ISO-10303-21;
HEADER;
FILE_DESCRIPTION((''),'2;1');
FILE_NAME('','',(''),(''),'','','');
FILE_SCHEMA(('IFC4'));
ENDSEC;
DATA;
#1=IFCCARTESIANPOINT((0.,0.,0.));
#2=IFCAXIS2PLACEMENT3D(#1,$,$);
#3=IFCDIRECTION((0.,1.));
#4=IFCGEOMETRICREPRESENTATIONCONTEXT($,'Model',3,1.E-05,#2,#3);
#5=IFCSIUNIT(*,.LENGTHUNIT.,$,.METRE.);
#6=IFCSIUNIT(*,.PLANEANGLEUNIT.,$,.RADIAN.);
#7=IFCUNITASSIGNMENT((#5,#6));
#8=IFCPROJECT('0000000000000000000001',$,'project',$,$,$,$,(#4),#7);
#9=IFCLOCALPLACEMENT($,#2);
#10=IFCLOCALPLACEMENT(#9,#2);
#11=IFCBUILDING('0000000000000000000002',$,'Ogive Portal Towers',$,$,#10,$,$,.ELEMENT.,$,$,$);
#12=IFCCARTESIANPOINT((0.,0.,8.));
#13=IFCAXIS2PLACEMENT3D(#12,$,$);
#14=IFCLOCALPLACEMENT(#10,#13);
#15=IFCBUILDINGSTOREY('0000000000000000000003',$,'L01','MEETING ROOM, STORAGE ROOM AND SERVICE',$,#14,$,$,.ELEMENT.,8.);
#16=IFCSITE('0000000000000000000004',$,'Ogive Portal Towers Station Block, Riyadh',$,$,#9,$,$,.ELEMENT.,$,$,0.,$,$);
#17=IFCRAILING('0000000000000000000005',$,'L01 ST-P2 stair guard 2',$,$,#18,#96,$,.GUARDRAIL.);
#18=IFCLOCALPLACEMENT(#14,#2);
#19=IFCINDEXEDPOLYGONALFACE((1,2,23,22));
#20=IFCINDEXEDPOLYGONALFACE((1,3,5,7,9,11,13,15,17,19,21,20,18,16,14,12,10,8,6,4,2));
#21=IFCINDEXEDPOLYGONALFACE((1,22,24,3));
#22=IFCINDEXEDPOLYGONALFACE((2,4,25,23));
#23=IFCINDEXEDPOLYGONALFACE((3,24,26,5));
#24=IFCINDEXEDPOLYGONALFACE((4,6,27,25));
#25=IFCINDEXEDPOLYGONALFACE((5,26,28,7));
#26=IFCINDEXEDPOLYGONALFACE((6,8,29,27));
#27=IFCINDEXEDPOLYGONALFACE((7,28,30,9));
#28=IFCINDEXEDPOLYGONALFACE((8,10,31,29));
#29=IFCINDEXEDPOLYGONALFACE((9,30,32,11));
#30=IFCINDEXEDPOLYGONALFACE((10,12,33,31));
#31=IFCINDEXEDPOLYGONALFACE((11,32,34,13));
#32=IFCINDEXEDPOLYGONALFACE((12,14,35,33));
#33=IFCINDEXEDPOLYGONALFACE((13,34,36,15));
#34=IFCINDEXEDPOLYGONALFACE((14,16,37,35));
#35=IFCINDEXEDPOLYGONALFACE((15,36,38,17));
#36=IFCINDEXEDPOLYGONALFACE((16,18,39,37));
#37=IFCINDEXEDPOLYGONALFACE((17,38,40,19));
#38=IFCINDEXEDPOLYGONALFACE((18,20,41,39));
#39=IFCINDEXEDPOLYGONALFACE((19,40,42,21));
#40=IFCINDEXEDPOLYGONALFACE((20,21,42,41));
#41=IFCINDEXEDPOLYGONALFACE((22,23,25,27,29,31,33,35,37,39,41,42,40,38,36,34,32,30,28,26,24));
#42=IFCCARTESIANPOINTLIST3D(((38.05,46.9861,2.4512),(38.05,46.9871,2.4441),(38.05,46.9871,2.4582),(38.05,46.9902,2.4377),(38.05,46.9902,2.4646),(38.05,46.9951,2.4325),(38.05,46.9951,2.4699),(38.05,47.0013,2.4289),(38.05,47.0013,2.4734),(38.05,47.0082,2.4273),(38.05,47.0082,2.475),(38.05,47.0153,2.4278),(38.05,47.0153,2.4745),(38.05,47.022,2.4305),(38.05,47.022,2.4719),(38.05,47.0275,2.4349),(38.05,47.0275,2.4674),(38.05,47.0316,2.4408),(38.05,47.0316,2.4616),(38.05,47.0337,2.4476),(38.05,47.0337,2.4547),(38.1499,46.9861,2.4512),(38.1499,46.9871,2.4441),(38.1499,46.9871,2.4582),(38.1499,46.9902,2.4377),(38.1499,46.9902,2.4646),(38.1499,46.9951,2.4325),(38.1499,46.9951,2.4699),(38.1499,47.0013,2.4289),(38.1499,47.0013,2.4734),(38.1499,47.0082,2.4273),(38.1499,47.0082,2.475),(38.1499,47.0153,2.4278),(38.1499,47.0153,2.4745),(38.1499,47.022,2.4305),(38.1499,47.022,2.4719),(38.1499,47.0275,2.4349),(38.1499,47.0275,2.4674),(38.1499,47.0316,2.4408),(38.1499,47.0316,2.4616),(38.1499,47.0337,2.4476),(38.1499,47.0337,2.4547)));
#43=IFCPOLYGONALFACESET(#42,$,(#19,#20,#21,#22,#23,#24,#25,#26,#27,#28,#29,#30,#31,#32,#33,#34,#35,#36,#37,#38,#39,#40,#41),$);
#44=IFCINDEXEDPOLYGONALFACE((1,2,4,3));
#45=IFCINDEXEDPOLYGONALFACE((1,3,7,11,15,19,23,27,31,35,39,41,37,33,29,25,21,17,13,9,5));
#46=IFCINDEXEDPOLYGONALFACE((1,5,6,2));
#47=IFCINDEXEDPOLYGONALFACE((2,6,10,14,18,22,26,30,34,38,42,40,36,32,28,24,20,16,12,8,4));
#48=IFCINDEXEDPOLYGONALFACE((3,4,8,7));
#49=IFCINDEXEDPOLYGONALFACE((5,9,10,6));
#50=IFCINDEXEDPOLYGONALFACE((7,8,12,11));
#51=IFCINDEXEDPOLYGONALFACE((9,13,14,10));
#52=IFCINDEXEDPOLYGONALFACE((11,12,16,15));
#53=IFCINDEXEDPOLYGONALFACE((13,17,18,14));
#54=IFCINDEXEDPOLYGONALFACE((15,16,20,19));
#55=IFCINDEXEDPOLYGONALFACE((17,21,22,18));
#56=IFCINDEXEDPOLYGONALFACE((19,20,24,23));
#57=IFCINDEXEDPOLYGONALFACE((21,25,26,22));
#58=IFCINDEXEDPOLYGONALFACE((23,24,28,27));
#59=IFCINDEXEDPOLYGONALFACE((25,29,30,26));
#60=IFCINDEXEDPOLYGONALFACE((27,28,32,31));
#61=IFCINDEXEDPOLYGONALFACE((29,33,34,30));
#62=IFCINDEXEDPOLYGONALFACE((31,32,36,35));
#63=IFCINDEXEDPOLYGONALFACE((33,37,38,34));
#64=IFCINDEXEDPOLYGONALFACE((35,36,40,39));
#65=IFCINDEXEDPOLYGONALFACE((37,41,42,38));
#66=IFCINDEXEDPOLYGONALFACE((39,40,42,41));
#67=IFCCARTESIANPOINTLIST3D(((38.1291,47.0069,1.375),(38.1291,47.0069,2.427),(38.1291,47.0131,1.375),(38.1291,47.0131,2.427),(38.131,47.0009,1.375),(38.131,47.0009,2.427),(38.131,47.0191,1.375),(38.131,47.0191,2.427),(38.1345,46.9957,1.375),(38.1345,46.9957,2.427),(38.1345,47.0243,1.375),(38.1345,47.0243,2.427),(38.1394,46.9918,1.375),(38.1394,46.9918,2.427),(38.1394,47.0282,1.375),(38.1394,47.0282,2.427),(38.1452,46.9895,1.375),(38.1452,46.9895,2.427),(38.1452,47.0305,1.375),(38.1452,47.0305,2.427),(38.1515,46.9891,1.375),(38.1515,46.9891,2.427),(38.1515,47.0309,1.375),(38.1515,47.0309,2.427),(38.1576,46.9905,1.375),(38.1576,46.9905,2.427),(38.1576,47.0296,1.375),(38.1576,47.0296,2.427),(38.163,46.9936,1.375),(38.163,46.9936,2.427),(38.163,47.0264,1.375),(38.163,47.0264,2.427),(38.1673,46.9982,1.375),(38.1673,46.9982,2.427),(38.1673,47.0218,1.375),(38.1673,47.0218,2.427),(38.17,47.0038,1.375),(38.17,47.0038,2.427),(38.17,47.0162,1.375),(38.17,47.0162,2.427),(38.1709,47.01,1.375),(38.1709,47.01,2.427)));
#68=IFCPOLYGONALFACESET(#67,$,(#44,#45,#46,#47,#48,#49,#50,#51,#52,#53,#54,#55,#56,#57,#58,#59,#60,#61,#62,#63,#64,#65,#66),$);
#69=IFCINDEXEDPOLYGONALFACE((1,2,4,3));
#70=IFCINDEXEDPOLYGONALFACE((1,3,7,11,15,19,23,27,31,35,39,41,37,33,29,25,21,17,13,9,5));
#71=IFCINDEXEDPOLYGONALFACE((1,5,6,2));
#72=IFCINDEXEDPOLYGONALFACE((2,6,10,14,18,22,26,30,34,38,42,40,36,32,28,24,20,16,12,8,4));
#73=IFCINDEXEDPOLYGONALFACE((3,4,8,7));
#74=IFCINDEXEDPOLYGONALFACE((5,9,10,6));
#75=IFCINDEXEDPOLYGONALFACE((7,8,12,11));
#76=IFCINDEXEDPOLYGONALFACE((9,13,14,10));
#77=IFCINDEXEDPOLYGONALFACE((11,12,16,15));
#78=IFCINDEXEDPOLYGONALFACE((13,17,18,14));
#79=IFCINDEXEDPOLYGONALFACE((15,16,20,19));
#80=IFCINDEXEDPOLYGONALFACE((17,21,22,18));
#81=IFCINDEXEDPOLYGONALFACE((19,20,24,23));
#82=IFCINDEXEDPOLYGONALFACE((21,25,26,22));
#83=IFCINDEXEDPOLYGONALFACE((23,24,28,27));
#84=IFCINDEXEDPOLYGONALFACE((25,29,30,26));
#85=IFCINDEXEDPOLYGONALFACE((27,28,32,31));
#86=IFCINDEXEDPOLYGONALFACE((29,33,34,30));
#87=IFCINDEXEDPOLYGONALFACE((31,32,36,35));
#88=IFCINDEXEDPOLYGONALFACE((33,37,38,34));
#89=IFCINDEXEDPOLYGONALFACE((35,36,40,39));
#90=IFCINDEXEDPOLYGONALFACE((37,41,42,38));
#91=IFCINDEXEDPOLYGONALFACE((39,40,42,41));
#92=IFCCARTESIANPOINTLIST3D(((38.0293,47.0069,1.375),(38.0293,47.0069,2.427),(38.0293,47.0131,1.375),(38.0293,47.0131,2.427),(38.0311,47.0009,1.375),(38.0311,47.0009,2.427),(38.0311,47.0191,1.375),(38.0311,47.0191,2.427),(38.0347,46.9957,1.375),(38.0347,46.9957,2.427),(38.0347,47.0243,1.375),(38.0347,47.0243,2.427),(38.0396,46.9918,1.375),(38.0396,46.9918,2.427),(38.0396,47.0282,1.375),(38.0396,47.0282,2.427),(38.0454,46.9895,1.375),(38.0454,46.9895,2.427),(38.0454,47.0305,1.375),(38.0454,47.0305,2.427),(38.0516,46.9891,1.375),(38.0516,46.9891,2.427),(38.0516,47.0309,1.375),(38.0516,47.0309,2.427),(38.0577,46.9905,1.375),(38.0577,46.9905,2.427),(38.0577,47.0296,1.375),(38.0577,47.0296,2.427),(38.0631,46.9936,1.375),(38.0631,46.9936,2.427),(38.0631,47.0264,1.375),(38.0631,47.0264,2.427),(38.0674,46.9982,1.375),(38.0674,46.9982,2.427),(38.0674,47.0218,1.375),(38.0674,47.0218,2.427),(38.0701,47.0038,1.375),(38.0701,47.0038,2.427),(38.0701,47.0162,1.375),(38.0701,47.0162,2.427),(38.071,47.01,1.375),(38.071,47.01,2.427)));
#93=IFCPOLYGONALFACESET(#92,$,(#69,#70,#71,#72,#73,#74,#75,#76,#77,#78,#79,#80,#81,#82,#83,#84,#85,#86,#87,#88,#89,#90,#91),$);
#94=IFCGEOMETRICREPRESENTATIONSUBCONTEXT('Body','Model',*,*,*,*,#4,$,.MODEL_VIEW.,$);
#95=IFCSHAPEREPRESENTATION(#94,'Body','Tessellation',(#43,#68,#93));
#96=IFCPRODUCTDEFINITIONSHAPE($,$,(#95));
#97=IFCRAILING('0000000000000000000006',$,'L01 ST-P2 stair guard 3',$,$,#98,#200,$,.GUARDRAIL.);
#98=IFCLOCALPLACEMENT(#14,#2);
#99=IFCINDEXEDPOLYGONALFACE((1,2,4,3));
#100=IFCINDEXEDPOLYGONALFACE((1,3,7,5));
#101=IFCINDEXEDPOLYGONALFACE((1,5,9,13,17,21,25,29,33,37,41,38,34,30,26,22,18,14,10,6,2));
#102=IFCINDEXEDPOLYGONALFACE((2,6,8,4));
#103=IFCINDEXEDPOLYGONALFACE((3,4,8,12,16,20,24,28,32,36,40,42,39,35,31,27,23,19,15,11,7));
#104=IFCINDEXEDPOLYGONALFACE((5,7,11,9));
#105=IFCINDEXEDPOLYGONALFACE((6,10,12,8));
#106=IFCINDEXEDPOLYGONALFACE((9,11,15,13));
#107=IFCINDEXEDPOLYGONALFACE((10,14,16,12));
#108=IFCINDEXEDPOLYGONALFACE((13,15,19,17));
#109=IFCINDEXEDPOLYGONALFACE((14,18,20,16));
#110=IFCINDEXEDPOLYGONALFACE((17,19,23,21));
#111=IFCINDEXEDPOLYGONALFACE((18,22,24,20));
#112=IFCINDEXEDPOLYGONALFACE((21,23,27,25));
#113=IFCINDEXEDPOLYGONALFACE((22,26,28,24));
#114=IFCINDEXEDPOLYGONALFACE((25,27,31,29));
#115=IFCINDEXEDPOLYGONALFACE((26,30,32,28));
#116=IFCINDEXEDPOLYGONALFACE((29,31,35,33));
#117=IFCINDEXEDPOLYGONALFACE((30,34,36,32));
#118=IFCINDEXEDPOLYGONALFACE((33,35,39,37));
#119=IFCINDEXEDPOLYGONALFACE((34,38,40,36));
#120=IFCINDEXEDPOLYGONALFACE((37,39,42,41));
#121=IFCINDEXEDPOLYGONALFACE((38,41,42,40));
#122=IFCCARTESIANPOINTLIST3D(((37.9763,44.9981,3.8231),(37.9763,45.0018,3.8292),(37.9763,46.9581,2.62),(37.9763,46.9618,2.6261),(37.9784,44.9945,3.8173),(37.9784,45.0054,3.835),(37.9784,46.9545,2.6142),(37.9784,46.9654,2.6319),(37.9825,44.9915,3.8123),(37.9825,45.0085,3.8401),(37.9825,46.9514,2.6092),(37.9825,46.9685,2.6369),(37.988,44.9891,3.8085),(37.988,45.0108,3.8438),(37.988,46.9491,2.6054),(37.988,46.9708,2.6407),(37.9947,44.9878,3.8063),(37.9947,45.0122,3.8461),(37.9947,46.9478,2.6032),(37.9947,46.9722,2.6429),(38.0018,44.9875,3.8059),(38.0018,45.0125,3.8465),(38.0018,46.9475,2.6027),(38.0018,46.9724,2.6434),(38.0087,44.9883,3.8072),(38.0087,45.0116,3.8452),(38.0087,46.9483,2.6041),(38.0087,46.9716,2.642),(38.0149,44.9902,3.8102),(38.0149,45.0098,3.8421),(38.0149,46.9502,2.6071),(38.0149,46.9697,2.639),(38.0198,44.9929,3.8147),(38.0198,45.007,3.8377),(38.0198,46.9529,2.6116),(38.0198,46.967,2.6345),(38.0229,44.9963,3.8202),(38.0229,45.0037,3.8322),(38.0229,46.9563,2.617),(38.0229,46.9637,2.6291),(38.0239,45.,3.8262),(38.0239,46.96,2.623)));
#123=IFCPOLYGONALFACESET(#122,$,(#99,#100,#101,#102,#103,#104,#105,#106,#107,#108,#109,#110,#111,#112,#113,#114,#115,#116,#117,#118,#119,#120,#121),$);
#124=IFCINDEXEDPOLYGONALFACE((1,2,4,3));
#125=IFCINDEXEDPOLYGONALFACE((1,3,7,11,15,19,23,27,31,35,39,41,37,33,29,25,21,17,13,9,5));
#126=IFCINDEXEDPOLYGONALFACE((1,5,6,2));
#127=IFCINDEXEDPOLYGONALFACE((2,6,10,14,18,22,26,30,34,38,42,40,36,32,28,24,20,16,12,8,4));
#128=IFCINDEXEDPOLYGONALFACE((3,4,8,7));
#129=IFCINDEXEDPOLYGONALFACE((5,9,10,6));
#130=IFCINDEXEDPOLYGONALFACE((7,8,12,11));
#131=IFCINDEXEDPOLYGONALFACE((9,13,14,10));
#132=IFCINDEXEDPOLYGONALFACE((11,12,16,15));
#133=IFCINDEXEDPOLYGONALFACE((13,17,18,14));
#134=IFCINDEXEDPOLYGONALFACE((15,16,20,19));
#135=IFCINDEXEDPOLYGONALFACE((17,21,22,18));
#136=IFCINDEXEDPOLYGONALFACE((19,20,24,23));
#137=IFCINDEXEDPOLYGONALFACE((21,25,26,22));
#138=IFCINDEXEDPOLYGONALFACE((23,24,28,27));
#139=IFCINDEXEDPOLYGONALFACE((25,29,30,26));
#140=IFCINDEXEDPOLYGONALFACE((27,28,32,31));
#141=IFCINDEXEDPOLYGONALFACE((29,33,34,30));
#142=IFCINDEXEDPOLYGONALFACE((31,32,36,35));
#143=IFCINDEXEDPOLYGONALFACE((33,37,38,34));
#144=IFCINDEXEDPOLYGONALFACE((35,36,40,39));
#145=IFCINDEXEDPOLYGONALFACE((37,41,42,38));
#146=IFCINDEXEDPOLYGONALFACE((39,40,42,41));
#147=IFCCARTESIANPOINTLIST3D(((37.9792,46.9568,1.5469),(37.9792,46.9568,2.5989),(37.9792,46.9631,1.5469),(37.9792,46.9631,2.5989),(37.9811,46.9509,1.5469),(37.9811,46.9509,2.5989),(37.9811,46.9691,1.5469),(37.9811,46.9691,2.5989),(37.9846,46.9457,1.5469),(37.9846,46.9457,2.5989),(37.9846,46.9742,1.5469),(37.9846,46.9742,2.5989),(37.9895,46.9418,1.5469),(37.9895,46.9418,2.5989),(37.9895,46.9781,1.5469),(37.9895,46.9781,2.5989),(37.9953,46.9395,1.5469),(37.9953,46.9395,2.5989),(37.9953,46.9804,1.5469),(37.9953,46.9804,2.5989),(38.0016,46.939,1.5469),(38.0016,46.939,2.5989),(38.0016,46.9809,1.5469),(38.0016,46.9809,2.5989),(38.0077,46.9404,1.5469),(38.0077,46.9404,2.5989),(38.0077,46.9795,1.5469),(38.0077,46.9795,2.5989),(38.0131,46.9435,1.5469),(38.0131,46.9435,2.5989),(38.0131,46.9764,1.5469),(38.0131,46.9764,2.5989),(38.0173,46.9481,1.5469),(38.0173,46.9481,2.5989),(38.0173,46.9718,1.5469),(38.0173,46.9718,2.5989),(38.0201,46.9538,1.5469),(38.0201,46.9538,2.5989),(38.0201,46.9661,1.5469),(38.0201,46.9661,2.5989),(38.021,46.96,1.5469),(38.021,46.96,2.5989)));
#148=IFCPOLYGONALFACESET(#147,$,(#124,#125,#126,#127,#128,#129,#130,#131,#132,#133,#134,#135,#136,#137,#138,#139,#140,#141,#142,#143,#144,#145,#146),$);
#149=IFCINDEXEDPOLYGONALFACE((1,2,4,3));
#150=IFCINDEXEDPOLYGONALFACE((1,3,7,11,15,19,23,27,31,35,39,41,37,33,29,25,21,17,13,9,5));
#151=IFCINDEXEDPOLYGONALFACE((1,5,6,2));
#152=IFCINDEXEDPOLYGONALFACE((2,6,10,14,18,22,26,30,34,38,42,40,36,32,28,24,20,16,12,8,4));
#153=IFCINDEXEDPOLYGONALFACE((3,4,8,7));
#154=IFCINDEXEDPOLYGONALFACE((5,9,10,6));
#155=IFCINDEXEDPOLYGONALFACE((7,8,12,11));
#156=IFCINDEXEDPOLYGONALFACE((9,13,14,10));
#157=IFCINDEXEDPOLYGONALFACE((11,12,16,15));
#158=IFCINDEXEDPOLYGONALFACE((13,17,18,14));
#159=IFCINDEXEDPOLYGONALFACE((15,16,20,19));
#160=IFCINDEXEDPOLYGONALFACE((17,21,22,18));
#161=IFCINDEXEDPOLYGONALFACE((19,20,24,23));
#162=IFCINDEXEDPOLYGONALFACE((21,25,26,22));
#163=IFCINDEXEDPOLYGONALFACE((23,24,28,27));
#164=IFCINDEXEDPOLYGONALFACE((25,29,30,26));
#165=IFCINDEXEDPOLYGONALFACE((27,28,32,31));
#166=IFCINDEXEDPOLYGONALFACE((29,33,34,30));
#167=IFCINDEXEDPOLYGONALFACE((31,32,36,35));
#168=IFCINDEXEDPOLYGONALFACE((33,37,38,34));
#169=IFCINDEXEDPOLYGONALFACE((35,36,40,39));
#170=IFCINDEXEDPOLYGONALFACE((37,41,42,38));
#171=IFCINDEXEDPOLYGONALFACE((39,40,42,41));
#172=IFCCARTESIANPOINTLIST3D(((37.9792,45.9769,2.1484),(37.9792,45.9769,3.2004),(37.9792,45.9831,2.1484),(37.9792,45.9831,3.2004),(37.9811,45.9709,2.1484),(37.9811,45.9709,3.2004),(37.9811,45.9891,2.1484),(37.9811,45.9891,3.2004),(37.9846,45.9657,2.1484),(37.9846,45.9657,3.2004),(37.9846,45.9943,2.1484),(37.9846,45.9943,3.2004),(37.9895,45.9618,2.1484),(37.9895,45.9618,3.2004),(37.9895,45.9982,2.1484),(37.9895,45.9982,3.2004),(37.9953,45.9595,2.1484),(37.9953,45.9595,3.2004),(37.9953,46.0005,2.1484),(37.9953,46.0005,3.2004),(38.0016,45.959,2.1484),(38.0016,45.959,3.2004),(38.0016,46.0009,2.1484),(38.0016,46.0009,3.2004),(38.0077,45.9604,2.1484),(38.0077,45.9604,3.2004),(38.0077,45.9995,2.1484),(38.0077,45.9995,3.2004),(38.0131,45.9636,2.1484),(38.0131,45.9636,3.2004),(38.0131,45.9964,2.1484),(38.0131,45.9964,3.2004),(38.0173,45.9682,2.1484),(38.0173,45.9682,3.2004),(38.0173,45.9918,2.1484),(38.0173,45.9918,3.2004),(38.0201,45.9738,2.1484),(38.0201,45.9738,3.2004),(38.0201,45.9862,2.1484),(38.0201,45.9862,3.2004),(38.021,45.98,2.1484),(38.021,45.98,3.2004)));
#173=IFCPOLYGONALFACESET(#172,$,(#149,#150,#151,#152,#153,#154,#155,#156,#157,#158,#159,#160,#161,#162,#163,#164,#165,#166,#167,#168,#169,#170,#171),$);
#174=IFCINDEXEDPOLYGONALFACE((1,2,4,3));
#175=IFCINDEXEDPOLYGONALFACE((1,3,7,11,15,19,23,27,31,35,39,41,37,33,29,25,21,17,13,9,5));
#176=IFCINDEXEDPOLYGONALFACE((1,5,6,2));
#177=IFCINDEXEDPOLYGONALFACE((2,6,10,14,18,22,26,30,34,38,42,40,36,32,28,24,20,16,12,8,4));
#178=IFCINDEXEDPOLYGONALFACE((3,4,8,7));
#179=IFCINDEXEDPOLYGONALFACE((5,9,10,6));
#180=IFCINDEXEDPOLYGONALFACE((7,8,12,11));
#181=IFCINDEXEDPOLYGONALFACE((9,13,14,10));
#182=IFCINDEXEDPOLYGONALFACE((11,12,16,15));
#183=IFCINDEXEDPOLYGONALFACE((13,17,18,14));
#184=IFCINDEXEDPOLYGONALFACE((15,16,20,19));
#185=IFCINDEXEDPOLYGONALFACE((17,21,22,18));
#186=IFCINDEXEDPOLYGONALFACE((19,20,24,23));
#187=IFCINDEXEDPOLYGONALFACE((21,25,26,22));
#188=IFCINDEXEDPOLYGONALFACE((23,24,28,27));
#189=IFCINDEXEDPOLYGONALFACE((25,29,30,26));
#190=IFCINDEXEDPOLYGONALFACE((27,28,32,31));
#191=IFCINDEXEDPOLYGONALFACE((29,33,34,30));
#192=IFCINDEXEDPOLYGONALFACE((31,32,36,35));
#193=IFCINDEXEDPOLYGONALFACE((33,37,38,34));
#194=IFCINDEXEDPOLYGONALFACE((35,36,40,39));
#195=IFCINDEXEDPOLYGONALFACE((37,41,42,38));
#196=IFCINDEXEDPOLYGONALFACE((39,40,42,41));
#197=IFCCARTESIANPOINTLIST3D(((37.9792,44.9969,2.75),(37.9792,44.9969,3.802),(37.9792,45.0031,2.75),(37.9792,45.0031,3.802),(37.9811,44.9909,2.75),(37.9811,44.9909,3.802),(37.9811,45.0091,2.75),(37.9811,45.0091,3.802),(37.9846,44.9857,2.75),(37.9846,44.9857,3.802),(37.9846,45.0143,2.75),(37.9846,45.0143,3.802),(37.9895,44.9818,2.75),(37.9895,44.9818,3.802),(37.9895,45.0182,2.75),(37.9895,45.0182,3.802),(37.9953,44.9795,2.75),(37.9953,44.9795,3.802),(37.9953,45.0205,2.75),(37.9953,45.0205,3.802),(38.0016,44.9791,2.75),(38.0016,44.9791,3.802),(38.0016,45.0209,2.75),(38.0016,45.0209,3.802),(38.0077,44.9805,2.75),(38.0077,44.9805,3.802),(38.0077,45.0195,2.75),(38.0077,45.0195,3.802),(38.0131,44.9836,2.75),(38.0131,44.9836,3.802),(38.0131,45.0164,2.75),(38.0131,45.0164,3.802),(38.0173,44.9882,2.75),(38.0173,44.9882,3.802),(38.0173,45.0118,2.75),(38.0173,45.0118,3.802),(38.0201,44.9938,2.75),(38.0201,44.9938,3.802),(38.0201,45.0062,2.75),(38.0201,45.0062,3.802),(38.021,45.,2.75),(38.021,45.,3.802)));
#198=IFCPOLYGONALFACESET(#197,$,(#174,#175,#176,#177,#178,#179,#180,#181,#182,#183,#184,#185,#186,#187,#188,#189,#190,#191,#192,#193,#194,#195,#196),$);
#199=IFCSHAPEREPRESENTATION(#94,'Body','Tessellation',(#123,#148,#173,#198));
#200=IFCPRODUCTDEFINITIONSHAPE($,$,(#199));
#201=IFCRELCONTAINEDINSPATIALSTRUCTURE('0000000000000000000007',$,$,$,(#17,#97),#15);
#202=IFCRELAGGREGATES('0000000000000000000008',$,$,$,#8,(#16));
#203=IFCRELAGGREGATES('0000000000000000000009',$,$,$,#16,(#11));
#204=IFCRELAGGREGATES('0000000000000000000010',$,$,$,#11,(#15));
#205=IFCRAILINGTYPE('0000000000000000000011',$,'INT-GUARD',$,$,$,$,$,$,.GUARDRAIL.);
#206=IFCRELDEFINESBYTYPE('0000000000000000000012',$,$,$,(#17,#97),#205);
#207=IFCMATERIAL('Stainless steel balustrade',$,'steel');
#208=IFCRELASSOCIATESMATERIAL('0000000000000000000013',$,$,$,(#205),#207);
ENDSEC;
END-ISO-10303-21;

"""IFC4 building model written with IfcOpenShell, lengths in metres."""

from ifc_helpers import new_model, si_unit, direction, frame, origin, origin_2d, place, context, subcontext, project, spatial, circle, extrude, material, type_object, element, save


model = new_model("IFC4")

# Units and contexts
model_context = context("Model", 3, precision=1e-05, world=origin(), true_north=direction((0.0, 1.0)))
body_context = subcontext(model_context, "Body", "Model", "MODEL_VIEW")
ifc_project = project(units=[si_unit("LENGTHUNIT", "METRE"), si_unit("PLANEANGLEUNIT", "RADIAN")], contexts=[model_context])

# Site, building, storey
site_placement = place(None, origin())
site = spatial("IfcSite", under=ifc_project, at=site_placement, Name="Ogive Portal Towers Station Block, Riyadh", CompositionType="ELEMENT", RefElevation=0.0)
building_placement = place(site_placement, origin())
building = spatial("IfcBuilding", under=site, at=building_placement, Name="Ogive Portal Towers", CompositionType="ELEMENT")
storey_placement = place(building_placement, frame((0.0, 0.0, 8.0)))
storey = spatial("IfcBuildingStorey", under=building, at=storey_placement, Name="L01", Description="MEETING ROOM, STORAGE ROOM AND SERVICE", CompositionType="ELEMENT", Elevation=8.0)

# Railings
ifc_material_1 = material(Name="Stainless steel balustrade", Category="steel")
railing_type_1 = type_object("IfcRailingType", Name="INT-GUARD", PredefinedType="GUARDRAIL", material=ifc_material_1)
railing_1_placement = place(storey_placement, frame((38.1499, 47.01, 1.375)))
element("IfcRailing", 1, at=railing_1_placement, inside=storey, type_object=railing_type_1, Name="L01 ST-P2 stair guard 2", PredefinedType="GUARDRAIL", context=body_context, shape_type="SweptSolid", body=[
    extrude(circle(Radius=0.0239, at=origin_2d()), frame((0.0, 0.0, 1.0762), z_axis=(-1.0, 0.0, 0.0), x_axis=(0.0, -1.0, 0.0)), (0.0, 0.0, 1.0), 0.0999),
    extrude(circle(Radius=0.021, at=origin_2d()), origin(), (0.0, 0.0, 1.0), 1.052),
    extrude(circle(Radius=0.021, at=origin_2d()), frame((-0.0999, 0.0, 0.0)), (0.0, 0.0, 1.0), 1.052),
])
railing_2_placement = place(storey_placement, frame((38.0, 46.96, 1.5469)))
element("IfcRailing", 2, at=railing_2_placement, inside=storey, type_object=railing_type_1, Name="L01 ST-P2 stair guard 3", PredefinedType="GUARDRAIL", context=body_context, shape_type="SweptSolid", body=[
    extrude(circle(Radius=0.0239, at=origin_2d()), frame((0.0, 0.0, 1.0762), z_axis=(0.0, -0.852241, 0.523149), x_axis=(1.0, 0.0, 0.0)), (0.0, 0.0, 1.0), 2.2998),
    extrude(circle(Radius=0.021, at=origin_2d()), origin(), (0.0, 0.0, 1.0), 1.052),
    extrude(circle(Radius=0.021, at=origin_2d()), frame((0.0, -0.98, 0.6016)), (0.0, 0.0, 1.0), 1.052),
    extrude(circle(Radius=0.021, at=origin_2d()), frame((0.0, -1.96, 1.2031)), (0.0, 0.0, 1.0), 1.052),
])

save(model, "model.ifc")
